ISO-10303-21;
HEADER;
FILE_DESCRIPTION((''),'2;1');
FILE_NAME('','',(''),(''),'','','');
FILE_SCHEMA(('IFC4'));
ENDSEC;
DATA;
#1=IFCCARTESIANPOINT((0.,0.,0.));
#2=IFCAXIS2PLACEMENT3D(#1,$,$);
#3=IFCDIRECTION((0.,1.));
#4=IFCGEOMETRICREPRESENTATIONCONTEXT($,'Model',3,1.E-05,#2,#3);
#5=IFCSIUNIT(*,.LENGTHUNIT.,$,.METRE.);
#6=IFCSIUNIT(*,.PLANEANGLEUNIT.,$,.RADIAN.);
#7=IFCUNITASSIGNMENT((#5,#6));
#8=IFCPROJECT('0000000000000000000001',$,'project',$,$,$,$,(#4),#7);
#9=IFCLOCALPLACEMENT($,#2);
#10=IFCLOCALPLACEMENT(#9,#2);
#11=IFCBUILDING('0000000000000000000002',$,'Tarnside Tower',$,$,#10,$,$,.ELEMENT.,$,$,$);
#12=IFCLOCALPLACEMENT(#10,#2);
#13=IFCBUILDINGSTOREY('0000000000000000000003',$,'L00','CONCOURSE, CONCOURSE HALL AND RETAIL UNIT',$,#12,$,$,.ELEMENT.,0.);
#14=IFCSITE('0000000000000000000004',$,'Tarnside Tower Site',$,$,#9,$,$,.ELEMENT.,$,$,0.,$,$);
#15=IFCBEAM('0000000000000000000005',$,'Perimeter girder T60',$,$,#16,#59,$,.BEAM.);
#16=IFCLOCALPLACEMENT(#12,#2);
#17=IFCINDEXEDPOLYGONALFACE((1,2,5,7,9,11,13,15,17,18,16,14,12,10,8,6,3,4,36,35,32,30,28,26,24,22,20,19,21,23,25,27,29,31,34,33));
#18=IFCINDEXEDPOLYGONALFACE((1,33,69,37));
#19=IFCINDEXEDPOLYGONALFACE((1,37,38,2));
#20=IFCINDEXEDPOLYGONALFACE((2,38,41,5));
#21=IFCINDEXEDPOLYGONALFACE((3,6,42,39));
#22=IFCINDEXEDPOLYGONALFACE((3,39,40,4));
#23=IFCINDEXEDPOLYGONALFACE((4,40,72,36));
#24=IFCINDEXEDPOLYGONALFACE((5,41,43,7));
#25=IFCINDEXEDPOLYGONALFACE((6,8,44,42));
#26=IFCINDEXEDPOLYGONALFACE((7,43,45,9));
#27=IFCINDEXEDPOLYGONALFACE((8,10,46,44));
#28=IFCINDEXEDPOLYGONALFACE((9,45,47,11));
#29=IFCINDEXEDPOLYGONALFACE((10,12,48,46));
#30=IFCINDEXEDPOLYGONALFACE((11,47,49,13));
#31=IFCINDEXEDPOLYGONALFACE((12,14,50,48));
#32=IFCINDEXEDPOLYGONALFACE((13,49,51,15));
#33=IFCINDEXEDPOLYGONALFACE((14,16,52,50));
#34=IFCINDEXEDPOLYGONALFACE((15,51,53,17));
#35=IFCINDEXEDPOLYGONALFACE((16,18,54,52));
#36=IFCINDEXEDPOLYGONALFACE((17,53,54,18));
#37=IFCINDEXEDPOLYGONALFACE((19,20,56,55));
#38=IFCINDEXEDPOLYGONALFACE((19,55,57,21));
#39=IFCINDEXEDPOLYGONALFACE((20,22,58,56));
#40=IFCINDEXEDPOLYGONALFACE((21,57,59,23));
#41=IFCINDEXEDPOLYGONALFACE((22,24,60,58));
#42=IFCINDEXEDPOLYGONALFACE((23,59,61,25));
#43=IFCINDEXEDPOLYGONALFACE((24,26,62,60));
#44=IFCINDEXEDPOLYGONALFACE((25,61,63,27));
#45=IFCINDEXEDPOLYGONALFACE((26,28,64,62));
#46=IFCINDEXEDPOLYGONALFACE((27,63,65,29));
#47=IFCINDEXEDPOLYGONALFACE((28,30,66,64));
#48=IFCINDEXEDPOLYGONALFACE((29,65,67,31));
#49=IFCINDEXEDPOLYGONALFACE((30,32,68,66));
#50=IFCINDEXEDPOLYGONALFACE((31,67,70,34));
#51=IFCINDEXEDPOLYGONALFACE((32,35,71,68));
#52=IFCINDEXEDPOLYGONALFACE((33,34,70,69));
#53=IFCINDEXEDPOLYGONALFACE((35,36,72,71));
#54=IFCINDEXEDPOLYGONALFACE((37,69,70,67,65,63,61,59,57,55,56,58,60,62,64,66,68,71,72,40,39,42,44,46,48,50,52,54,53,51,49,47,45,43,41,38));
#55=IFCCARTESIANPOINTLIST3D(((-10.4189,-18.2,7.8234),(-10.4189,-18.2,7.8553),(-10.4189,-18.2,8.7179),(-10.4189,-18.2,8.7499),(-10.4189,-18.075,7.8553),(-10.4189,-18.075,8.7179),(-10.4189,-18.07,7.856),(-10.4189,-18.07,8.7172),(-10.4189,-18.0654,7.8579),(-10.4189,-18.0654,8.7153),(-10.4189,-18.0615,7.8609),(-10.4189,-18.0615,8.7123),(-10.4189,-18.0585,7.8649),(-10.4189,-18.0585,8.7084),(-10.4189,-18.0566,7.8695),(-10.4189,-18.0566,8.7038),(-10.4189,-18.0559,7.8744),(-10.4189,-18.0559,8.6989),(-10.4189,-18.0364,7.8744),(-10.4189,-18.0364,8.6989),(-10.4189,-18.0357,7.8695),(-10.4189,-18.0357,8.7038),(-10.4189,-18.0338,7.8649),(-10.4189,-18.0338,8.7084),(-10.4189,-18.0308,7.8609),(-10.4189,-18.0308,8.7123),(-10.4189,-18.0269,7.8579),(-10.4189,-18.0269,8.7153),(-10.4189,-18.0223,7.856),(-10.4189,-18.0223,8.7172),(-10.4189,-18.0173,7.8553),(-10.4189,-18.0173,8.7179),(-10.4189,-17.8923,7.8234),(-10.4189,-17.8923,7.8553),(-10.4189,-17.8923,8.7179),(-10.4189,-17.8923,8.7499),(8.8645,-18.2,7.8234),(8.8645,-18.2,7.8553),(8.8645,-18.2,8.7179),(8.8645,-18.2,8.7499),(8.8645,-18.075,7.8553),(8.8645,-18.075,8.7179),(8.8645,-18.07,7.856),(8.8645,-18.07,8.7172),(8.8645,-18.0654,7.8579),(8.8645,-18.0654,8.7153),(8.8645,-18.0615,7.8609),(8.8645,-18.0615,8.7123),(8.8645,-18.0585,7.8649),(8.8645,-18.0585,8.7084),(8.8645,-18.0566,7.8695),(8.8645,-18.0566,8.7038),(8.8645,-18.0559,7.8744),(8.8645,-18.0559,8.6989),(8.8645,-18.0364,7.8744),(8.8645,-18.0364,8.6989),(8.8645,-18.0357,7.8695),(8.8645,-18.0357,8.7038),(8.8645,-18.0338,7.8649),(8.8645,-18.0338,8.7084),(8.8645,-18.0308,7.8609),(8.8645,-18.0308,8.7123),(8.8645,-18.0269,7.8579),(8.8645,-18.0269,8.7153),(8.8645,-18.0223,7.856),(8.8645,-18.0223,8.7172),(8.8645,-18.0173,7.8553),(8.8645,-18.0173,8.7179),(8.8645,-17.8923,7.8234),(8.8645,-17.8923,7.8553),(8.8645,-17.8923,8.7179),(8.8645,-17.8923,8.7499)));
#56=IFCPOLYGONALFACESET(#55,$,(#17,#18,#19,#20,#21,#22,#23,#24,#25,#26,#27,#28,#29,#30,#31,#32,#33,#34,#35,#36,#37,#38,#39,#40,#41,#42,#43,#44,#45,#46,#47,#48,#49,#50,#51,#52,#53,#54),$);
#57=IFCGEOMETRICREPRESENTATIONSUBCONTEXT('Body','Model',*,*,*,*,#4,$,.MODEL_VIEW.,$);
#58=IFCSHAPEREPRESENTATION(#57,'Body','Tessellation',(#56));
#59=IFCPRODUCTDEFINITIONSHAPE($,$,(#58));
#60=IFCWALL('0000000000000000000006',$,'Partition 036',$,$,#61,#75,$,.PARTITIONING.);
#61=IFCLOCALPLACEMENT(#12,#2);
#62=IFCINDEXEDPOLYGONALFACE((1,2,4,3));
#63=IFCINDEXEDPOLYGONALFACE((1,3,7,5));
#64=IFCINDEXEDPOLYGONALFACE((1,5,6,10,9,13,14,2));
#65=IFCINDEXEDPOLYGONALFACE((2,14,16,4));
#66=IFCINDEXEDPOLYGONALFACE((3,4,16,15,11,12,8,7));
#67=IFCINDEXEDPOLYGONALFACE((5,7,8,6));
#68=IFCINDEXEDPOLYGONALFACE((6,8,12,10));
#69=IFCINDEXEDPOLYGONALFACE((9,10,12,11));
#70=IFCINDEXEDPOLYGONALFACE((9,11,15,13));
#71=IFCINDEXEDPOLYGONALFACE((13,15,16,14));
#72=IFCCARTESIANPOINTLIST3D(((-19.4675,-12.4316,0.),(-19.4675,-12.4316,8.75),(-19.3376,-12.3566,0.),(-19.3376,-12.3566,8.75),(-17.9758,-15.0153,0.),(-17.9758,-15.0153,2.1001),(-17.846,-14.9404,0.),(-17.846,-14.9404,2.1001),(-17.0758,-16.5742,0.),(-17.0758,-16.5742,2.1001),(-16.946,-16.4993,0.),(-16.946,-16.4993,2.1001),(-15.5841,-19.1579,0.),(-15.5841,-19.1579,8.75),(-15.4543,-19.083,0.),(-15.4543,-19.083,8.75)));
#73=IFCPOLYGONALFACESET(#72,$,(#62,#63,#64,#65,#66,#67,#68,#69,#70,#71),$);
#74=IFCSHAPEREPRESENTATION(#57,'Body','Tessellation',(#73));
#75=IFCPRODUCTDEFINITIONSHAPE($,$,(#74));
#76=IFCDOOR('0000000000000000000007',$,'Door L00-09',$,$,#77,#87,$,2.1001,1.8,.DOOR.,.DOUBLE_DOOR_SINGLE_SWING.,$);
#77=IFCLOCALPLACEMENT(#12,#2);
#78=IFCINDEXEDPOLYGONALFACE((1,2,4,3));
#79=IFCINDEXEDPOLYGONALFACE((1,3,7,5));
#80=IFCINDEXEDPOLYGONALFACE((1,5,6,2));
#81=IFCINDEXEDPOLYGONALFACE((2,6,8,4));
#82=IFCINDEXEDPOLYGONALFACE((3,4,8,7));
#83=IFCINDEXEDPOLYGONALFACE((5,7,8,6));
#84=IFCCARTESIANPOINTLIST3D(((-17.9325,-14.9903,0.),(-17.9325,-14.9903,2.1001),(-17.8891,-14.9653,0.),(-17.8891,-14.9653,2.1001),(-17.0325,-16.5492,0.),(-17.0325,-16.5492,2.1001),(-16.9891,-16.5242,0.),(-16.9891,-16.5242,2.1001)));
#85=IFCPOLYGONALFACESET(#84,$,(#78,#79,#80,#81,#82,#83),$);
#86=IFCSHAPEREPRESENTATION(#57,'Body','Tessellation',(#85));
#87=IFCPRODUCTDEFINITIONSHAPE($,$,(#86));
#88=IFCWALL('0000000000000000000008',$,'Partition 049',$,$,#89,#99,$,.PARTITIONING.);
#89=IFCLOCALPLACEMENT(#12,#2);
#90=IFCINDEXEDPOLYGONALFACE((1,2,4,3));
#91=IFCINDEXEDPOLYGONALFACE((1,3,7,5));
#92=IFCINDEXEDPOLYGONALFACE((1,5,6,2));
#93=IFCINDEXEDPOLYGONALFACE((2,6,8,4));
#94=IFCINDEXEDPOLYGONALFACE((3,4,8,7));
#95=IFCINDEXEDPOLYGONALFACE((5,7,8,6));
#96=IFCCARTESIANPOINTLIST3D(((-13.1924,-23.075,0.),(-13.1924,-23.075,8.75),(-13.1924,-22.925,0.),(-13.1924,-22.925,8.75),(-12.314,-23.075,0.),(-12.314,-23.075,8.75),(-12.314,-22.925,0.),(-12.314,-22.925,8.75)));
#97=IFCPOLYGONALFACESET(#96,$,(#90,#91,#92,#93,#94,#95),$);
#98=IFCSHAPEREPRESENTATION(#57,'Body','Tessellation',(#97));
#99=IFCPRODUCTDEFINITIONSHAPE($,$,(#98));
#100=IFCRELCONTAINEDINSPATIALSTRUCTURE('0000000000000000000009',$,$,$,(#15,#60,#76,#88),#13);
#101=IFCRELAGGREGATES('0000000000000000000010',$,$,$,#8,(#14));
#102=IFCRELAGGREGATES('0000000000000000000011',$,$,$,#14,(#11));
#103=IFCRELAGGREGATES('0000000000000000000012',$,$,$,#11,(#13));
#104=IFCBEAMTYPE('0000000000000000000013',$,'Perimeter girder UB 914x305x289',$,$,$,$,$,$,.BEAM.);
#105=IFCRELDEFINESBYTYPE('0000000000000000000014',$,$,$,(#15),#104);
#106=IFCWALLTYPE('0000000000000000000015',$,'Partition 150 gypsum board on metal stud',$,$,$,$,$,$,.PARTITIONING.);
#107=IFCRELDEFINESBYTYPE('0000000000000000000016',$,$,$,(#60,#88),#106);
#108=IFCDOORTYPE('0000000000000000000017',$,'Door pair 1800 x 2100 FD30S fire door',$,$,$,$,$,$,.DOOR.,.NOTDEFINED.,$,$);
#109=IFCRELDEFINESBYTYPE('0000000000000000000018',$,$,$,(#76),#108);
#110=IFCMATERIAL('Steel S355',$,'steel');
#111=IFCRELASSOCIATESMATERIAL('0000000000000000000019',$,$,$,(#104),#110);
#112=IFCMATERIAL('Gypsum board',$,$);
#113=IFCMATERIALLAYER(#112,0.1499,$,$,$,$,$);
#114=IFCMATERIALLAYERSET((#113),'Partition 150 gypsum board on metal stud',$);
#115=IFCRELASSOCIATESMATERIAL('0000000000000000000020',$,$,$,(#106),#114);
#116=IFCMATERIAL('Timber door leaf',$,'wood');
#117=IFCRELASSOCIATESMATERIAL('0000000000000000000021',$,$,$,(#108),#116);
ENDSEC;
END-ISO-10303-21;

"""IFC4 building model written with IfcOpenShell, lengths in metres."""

from ifc_helpers import new_model, si_unit, direction, frame, frame_2d, origin, origin_2d, place, context, subcontext, project, spatial, rectangle, i_section, extrude, material, layer, layer_set, material_profile, profile_set, type_object, element, fill, save


model = new_model("IFC4")

# Units and contexts
model_context = context("Model", 3, precision=1e-05, world=origin(), true_north=direction((0.0, 1.0)))
body_context = subcontext(model_context, "Body", "Model", "MODEL_VIEW")
ifc_project = project(units=[si_unit("LENGTHUNIT", "METRE"), si_unit("PLANEANGLEUNIT", "RADIAN")], contexts=[model_context])

# Site, building, storey
site_placement = place(None, origin())
site = spatial("IfcSite", under=ifc_project, at=site_placement, Name="Tarnside Tower Site", CompositionType="ELEMENT", RefElevation=0.0)
building_placement = place(site_placement, origin())
building = spatial("IfcBuilding", under=site, at=building_placement, Name="Tarnside Tower", CompositionType="ELEMENT")
storey_placement = place(building_placement, origin())
storey = spatial("IfcBuildingStorey", under=building, at=storey_placement, Name="L00", Description="CONCOURSE, CONCOURSE HALL AND RETAIL UNIT", CompositionType="ELEMENT", Elevation=0.0)

# Beam
ifc_material_1 = material(Name="Steel S355", Category="steel")
ifc_material_profile_1 = material_profile(ifc_material_1, i_section(OverallWidth=0.3076, OverallDepth=0.9265, WebThickness=0.0195, FlangeThickness=0.032, FilletRadius=0.019, at=origin_2d()), Name="UB 914x305x289")
ifc_profile_set_1 = profile_set([ifc_material_profile_1], Name="Steel S355")
beam_type_1 = type_object("IfcBeamType", Name="Perimeter girder UB 914x305x289", PredefinedType="BEAM", material=ifc_profile_set_1)
beam_1_placement = place(storey_placement, frame((-10.4189, -18.0461, 8.2866), z_axis=(1.0, 0.0, 0.0), x_axis=(0.0, 1.0, 0.0)))
element("IfcBeam", 1, at=beam_1_placement, inside=storey, type_object=beam_type_1, Name="Perimeter girder T60", PredefinedType="BEAM", context=body_context, shape_type="SweptSolid", body=[
    extrude(i_section(OverallWidth=0.3076, OverallDepth=0.9265, WebThickness=0.0195, FlangeThickness=0.032, FilletRadius=0.019, at=origin_2d()), origin(), (0.0, 0.0, 1.0), 19.2834),
])

# Wall, opening, door
ifc_material_2 = material(Name="Gypsum board")
ifc_layer = layer(ifc_material_2, 0.1499)
ifc_layer_set = layer_set([ifc_layer], Name="Partition 150 gypsum board on metal stud")
wall_type = type_object("IfcWallType", Name="Partition 150 gypsum board on metal stud", PredefinedType="PARTITIONING", material=ifc_layer_set)
wall_1_placement = place(storey_placement, frame((-15.5193, -19.1204, 0.0), z_axis=(0.0, 0.0, 1.0), x_axis=(-0.499986, 0.866033, 0.0)))
wall_1 = element("IfcWall", 2, at=wall_1_placement, inside=storey, type_object=wall_type, Name="Partition 036", PredefinedType="PARTITIONING", context=body_context, shape_type="SweptSolid", body=[
    extrude(rectangle(XDim=7.7668, YDim=0.1499, at=frame_2d((3.8833, 0.0))), origin(), (0.0, 0.0, 1.0), 8.75),
])
opening_placement = place(wall_1_placement, frame((2.9834, 0.0, 0.0)))
opening = element("IfcOpeningElement", 3, at=opening_placement, cuts=wall_1, PredefinedType="OPENING", context=body_context, shape_type="SweptSolid", body=[
    extrude(rectangle(XDim=1.8, YDim=2.1001, at=frame_2d((0.8999, 1.05))), frame((0.0, 0.085, 0.0), z_axis=(0.0, -1.0, 0.0), x_axis=(1.0, 0.0, 0.0)), (0.0, 0.0, 1.0), 0.1699),
])
ifc_material_3 = material(Name="Timber door leaf", Category="wood")
door_type = type_object("IfcDoorType", Name="Door pair 1800 x 2100 FD30S fire door", OperationType="NOTDEFINED", PredefinedType="DOOR", material=ifc_material_3)
door_placement = place(opening_placement, origin())
door = element("IfcDoor", 4, at=door_placement, inside=storey, type_object=door_type, Name="Door L00-09", OperationType="DOUBLE_DOOR_SINGLE_SWING", OverallHeight=2.1001, OverallWidth=1.8, PredefinedType="DOOR", context=body_context, shape_type="SweptSolid", body=[
    extrude(rectangle(XDim=1.8, YDim=2.1001, at=frame_2d((0.8999, 1.05))), frame((0.0, 0.0249, 0.0), z_axis=(0.0, -1.0, 0.0), x_axis=(1.0, 0.0, 0.0)), (0.0, 0.0, 1.0), 0.05),
])
fill(opening, door)

# Wall
wall_2_placement = place(storey_placement, frame((-13.1924, -23.0, 0.0), z_axis=(0.0, 0.0, 1.0), x_axis=(1.0, 0.0, 0.0)))
element("IfcWall", 5, at=wall_2_placement, inside=storey, type_object=wall_type, Name="Partition 049", PredefinedType="PARTITIONING", context=body_context, shape_type="SweptSolid", body=[
    extrude(rectangle(XDim=0.8784, YDim=0.1499, at=frame_2d((0.4392, 0.0))), origin(), (0.0, 0.0, 1.0), 8.75),
])

save(model, "model.ifc")
